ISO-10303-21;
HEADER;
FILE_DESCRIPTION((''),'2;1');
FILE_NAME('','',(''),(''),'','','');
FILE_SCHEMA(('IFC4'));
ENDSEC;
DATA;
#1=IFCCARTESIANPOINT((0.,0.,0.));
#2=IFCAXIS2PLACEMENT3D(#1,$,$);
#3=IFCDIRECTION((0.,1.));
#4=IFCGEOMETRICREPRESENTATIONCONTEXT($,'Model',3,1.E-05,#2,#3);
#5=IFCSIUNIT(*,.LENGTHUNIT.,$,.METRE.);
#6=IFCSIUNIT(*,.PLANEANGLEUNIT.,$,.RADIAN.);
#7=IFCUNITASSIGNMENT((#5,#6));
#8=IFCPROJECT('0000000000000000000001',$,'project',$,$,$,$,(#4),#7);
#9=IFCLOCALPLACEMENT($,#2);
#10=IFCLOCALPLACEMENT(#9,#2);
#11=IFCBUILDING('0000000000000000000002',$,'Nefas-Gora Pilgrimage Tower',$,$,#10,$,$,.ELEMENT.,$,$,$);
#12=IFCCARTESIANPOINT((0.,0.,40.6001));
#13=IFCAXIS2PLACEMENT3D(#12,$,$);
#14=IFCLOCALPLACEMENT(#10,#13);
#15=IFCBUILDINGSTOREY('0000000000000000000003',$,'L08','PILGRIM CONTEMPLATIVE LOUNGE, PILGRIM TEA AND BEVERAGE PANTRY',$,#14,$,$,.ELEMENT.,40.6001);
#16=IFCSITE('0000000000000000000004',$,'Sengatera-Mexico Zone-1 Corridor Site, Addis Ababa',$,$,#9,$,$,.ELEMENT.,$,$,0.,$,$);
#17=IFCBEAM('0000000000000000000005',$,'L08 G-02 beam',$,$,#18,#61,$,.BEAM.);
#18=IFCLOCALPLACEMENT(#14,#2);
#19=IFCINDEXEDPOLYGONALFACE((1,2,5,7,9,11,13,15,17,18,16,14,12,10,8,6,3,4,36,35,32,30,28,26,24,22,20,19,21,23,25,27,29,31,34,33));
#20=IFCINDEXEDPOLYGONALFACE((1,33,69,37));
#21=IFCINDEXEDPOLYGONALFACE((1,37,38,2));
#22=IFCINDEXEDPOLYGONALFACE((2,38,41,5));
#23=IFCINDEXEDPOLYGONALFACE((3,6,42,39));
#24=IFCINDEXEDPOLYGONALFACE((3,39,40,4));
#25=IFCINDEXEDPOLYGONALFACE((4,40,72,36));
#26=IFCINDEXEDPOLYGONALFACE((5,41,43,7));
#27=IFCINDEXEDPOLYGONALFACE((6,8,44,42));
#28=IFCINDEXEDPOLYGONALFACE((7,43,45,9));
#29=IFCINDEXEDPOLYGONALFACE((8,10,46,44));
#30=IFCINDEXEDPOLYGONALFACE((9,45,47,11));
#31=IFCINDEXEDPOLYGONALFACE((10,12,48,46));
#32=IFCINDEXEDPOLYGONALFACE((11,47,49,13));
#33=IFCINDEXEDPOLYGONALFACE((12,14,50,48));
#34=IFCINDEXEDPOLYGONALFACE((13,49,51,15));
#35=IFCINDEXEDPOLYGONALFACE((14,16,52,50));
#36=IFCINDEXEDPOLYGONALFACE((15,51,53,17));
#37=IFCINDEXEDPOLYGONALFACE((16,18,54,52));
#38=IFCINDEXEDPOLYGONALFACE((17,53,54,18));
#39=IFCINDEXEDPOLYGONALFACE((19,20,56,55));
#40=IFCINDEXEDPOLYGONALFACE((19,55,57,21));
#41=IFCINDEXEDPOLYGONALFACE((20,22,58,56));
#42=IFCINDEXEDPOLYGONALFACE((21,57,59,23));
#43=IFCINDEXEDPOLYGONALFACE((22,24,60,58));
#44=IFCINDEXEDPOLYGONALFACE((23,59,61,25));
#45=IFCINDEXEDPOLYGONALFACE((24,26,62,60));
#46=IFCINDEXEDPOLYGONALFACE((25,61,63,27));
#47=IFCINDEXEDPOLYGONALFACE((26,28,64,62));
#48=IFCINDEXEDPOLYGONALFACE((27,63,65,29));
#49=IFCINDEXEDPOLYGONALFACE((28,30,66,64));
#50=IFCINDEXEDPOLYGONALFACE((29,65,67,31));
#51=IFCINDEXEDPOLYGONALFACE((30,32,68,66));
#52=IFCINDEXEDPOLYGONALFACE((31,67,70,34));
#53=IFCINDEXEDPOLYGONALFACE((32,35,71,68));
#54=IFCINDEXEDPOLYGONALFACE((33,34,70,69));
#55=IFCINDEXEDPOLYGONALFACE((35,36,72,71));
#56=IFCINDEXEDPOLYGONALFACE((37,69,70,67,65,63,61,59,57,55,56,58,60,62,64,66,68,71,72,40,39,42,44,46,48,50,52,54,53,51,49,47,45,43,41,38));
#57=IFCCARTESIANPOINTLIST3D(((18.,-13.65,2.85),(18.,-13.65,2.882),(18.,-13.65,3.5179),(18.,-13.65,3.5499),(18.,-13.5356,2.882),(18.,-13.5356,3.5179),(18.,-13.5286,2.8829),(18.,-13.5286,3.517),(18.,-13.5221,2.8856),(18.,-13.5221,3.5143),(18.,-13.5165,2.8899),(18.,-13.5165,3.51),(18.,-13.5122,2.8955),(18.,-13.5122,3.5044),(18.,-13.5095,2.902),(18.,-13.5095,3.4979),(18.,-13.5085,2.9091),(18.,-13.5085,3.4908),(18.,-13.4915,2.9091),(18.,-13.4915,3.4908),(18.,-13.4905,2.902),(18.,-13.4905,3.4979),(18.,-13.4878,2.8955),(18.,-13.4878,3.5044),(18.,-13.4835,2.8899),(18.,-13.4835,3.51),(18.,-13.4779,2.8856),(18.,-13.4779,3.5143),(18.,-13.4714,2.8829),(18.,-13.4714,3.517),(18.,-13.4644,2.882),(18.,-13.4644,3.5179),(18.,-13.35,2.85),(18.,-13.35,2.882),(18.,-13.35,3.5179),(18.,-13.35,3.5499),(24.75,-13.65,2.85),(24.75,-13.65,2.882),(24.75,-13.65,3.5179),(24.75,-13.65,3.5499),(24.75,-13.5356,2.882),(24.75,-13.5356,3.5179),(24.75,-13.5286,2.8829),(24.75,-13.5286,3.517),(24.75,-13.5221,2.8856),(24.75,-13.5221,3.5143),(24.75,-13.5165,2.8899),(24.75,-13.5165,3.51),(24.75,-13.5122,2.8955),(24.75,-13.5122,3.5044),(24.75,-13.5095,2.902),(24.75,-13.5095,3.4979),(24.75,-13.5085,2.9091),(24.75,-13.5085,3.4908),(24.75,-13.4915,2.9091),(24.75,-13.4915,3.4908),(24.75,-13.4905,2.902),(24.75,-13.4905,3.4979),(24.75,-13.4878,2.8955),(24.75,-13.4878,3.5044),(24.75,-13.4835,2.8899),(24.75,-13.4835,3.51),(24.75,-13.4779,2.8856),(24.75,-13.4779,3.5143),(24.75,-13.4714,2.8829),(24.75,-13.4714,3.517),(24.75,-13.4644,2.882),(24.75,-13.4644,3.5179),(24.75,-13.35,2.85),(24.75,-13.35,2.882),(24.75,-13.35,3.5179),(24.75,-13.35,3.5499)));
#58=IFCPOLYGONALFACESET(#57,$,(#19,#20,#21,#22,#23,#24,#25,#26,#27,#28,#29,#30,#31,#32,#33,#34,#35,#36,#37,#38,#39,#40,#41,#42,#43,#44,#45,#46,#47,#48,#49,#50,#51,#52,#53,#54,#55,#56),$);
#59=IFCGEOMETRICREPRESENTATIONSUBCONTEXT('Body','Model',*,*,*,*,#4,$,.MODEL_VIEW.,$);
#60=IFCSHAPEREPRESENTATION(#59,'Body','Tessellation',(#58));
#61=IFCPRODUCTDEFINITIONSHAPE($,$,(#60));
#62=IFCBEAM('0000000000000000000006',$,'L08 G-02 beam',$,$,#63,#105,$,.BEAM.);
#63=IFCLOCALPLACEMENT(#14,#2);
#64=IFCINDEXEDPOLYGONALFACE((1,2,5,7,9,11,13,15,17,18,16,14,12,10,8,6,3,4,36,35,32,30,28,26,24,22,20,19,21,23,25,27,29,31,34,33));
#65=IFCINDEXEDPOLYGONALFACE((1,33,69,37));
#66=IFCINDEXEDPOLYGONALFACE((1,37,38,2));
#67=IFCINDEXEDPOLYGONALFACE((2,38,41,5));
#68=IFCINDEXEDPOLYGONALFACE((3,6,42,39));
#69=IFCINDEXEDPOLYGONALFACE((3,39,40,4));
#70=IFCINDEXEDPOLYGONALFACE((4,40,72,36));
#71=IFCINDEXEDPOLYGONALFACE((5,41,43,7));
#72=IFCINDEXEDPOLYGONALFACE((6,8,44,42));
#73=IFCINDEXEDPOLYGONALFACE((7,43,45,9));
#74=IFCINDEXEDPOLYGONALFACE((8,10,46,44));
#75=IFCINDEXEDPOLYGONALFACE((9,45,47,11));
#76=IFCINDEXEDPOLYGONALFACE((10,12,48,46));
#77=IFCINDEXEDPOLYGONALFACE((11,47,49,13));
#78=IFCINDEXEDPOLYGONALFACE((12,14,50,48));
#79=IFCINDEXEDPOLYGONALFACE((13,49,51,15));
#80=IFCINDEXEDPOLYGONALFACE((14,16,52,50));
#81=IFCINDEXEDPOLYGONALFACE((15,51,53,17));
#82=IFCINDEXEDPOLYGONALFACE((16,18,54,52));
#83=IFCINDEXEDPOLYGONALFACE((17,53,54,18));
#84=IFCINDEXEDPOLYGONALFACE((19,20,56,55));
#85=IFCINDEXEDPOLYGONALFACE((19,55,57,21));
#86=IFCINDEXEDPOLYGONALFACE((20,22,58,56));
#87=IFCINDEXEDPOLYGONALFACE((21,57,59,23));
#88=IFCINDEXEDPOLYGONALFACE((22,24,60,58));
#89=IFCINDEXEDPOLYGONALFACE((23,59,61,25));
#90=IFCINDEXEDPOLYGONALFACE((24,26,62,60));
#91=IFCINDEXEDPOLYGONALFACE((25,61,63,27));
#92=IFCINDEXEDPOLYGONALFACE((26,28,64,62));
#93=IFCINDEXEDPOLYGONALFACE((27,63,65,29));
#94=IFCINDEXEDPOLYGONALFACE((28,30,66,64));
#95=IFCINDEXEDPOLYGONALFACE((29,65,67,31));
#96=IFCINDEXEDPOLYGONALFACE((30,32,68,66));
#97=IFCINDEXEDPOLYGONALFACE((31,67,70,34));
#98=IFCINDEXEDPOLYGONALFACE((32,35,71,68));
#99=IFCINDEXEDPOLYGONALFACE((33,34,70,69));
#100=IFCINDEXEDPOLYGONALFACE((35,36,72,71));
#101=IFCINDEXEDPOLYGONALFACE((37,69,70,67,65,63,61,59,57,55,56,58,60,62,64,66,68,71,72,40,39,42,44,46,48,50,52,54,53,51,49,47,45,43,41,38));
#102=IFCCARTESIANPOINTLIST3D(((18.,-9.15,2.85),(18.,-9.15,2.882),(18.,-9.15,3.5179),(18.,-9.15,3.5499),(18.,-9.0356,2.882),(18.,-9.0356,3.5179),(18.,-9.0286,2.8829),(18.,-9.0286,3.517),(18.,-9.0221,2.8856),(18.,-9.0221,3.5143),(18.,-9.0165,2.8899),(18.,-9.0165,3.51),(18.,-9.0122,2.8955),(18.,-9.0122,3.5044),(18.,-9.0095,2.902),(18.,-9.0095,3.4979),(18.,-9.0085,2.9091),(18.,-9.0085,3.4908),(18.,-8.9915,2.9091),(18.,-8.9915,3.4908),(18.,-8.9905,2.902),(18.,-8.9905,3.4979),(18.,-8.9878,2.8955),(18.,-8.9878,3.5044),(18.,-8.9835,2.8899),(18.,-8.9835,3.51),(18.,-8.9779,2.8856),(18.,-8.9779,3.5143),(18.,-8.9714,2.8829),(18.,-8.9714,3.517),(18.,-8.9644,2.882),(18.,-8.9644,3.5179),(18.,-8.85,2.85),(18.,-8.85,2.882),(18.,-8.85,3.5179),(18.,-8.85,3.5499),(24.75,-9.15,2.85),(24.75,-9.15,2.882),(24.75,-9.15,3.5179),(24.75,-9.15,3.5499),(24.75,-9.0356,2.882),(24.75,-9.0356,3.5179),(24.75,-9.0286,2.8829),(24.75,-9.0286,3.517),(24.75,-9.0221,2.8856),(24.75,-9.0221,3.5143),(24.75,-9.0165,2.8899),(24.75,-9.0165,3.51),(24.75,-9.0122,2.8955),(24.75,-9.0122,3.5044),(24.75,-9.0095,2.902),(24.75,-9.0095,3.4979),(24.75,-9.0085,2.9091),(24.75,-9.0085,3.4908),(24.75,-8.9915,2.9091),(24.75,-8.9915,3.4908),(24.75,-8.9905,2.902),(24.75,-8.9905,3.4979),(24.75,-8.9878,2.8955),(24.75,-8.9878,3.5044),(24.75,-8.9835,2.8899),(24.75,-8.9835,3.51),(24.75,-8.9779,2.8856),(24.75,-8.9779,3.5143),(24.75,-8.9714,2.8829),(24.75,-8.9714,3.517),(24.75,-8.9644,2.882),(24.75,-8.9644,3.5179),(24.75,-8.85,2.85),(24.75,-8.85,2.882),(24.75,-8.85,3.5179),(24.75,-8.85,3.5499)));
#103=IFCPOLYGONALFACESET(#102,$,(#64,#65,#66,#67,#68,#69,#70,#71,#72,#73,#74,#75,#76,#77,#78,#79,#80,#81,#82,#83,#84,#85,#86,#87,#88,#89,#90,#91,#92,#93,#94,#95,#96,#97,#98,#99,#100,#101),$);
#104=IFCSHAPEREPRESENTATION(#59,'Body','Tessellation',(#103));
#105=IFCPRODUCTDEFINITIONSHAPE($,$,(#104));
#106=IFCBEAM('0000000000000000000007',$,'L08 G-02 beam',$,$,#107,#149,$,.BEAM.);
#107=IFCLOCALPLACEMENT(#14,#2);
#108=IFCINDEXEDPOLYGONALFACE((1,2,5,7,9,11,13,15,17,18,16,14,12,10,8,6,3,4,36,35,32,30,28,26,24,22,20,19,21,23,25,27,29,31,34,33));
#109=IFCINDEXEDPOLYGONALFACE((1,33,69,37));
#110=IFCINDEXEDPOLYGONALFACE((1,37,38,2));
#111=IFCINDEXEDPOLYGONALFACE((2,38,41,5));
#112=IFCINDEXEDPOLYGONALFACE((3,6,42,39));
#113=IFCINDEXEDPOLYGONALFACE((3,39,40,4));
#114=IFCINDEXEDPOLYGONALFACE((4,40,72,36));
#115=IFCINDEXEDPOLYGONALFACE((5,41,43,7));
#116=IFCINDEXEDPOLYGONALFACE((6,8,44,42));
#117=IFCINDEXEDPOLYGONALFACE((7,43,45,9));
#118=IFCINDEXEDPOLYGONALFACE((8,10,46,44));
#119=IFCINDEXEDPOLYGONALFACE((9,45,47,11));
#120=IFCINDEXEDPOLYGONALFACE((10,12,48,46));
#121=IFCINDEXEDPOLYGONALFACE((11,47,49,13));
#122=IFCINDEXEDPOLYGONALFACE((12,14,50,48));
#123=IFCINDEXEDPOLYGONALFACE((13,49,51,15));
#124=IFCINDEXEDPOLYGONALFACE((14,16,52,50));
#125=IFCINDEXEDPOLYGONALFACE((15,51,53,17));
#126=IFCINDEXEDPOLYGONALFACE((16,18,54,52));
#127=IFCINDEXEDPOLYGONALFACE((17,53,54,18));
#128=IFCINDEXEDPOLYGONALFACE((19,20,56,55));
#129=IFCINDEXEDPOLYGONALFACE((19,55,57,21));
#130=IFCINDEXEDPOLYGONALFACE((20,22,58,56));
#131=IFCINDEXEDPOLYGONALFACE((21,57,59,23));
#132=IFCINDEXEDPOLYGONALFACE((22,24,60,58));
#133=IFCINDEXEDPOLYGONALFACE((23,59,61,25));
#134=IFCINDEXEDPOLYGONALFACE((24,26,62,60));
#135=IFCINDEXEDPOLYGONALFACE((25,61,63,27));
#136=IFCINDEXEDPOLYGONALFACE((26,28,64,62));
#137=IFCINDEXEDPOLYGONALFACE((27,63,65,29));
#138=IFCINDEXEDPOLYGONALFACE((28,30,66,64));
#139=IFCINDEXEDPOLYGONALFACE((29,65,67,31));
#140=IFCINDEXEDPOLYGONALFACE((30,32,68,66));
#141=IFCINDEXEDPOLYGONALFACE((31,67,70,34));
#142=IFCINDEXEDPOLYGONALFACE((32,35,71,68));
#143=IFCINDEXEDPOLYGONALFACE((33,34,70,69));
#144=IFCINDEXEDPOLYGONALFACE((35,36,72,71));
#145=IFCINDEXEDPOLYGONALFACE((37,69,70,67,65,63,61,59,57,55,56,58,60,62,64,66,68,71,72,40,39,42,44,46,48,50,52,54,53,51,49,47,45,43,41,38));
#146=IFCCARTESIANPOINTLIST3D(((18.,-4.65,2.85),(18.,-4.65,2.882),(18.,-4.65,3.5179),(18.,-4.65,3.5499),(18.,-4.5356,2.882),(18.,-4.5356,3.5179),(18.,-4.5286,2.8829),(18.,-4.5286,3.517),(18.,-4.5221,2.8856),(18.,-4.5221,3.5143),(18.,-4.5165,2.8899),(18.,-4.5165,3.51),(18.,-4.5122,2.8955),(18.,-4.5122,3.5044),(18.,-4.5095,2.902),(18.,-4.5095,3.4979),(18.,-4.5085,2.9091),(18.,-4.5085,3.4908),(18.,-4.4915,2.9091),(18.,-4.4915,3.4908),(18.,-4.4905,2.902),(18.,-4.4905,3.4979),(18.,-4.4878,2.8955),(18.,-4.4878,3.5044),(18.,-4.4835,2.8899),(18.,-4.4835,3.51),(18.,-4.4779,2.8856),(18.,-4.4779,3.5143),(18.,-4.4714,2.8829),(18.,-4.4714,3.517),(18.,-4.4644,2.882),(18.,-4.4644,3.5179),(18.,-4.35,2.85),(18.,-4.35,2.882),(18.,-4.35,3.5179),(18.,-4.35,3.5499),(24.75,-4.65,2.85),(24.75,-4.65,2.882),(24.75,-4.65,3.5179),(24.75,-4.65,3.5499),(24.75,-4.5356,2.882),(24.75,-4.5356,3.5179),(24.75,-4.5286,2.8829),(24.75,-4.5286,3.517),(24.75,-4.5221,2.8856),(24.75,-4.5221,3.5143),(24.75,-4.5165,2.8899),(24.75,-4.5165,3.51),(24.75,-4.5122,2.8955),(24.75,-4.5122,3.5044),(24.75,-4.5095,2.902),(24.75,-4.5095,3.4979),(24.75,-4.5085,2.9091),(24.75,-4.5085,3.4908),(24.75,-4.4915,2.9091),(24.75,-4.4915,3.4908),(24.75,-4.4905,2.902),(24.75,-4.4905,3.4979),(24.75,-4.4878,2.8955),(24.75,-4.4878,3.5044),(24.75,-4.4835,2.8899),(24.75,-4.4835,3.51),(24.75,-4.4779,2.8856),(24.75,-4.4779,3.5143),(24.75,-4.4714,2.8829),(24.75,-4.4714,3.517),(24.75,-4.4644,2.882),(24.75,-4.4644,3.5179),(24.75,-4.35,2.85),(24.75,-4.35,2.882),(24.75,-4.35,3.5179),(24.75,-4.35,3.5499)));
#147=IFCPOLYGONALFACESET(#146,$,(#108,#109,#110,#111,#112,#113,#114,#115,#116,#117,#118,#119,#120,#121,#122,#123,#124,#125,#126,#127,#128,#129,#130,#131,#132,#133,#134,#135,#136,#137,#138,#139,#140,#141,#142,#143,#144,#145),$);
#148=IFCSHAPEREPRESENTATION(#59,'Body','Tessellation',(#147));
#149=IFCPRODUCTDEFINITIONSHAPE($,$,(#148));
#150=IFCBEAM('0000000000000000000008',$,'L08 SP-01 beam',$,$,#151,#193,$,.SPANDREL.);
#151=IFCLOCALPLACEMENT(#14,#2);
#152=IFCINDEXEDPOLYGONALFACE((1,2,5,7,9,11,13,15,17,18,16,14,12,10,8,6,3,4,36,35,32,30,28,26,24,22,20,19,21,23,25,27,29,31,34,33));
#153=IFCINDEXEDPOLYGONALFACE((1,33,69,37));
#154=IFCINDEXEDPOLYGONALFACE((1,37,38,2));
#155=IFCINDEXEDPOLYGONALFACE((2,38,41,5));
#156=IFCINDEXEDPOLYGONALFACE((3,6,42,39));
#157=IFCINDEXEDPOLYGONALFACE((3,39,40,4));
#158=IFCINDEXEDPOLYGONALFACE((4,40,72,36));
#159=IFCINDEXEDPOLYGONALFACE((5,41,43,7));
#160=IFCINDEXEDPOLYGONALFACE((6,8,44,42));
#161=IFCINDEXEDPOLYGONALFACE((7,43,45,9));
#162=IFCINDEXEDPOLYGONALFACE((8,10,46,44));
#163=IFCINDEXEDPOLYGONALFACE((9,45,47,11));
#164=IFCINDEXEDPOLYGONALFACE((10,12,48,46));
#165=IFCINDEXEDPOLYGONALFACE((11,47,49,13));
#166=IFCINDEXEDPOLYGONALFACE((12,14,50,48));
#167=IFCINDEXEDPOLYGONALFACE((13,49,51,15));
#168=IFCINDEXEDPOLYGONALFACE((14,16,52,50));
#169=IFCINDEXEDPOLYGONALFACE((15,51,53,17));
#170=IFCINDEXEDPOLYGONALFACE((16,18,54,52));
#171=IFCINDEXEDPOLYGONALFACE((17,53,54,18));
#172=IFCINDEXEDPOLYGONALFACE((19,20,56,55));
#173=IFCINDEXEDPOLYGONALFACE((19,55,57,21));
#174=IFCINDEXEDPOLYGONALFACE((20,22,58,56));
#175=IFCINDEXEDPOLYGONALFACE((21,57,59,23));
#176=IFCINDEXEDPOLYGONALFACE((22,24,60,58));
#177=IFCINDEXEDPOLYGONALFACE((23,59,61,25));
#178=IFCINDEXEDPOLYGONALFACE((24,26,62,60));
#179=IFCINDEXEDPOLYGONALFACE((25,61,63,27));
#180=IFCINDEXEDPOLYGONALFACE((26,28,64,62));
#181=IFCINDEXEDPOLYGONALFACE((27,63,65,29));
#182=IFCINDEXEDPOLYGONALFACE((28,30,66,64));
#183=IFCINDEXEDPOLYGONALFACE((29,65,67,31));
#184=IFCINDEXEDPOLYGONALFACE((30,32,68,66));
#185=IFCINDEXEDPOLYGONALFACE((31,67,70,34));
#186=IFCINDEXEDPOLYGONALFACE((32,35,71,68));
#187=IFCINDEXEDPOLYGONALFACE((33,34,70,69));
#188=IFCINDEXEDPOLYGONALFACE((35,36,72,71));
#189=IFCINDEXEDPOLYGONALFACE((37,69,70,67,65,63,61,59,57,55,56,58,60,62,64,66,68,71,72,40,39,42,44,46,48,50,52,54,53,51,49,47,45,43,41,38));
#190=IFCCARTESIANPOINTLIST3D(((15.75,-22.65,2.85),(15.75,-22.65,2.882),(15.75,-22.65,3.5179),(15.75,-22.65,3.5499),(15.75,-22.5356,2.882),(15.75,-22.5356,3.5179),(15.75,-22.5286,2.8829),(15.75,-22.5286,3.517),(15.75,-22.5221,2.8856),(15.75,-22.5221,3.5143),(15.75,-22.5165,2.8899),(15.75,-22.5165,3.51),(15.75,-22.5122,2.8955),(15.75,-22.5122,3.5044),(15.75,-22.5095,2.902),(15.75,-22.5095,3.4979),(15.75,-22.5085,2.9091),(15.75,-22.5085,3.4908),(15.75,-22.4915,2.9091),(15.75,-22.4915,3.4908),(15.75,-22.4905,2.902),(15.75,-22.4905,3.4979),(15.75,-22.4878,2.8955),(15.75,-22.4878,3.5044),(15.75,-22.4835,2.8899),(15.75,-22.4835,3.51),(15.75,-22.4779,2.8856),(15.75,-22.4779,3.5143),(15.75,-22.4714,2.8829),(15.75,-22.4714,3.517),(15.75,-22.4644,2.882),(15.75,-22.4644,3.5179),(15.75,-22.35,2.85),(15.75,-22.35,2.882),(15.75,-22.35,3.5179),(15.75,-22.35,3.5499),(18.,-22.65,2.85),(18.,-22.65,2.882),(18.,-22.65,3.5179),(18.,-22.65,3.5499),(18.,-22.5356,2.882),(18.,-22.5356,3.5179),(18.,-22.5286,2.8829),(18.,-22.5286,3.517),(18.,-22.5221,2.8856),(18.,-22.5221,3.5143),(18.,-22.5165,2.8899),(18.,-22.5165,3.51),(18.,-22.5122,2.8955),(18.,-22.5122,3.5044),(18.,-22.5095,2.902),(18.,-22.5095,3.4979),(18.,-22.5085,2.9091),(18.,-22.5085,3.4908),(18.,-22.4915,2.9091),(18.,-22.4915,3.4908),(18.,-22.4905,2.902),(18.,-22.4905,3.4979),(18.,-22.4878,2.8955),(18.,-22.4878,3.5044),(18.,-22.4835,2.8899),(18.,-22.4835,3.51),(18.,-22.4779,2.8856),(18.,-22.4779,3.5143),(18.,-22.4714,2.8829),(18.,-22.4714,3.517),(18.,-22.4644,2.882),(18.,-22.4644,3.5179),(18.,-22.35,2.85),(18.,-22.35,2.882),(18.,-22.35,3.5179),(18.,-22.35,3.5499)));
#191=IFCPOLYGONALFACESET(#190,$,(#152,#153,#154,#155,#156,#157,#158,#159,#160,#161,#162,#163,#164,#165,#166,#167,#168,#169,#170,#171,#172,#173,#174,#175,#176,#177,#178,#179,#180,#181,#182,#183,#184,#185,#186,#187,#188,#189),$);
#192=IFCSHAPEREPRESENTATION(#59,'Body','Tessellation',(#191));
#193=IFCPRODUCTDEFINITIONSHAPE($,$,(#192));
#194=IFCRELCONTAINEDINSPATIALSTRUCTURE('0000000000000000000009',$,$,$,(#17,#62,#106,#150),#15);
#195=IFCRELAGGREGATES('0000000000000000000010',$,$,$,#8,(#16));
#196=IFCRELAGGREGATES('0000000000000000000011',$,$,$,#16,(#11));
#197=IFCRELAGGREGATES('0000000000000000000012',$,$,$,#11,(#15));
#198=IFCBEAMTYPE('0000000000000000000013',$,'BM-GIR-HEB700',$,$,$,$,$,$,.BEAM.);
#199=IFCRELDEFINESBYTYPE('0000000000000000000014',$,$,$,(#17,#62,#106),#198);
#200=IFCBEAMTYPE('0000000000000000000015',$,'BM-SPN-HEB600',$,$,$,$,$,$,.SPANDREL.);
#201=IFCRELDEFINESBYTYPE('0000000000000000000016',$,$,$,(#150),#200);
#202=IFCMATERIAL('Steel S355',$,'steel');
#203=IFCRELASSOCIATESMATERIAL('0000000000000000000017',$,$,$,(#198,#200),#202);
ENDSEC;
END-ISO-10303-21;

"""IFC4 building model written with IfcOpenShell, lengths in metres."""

from ifc_helpers import new_model, si_unit, direction, frame, origin, origin_2d, place, context, subcontext, project, spatial, i_section, extrude, source, transform, mapped, material, material_profile, profile_set, type_object, element, save


model = new_model("IFC4")

# Units and contexts
model_context = context("Model", 3, precision=1e-05, world=origin(), true_north=direction((0.0, 1.0)))
body_context = subcontext(model_context, "Body", "Model", "MODEL_VIEW")
ifc_project = project(units=[si_unit("LENGTHUNIT", "METRE"), si_unit("PLANEANGLEUNIT", "RADIAN")], contexts=[model_context])

# Site, building, storey
site_placement = place(None, origin())
site = spatial("IfcSite", under=ifc_project, at=site_placement, Name="Sengatera-Mexico Zone-1 Corridor Site, Addis Ababa", CompositionType="ELEMENT", RefElevation=0.0)
building_placement = place(site_placement, origin())
building = spatial("IfcBuilding", under=site, at=building_placement, Name="Nefas-Gora Pilgrimage Tower", CompositionType="ELEMENT")
storey_placement = place(building_placement, frame((0.0, 0.0, 40.6001)))
storey = spatial("IfcBuildingStorey", under=building, at=storey_placement, Name="L08", Description="PILGRIM CONTEMPLATIVE LOUNGE, PILGRIM TEA AND BEVERAGE PANTRY", CompositionType="ELEMENT", Elevation=40.6001)

# Beams
ifc_material_1 = material(Name="Steel S355", Category="steel")
ifc_material_profile_1 = material_profile(ifc_material_1, i_section(OverallWidth=0.3, OverallDepth=0.7, WebThickness=0.0171, FlangeThickness=0.032, FilletRadius=0.0271, at=origin_2d()), Name="HEB 700")
ifc_profile_set_1 = profile_set([ifc_material_profile_1], Name="Steel S355")
beam_type_1 = type_object("IfcBeamType", Name="BM-GIR-HEB700", PredefinedType="BEAM", material=ifc_profile_set_1)
shared_shape_1 = source(origin(), body_context, "Body", "SweptSolid", [
    extrude(i_section(OverallWidth=0.3, OverallDepth=0.7, WebThickness=0.0171, FlangeThickness=0.032, FilletRadius=0.0271, at=origin_2d()), origin(), (0.0, 0.0, 1.0), 6.75),
])
for number, where, z_axis, x_axis, name in (
    (1, (18.0, -13.5, 3.2), (1.0, 0.0, 0.0), (0.0, 1.0, 0.0), "L08 G-02 beam"),
    (2, (18.0, -9.0, 3.2), (1.0, 0.0, 0.0), (0.0, 1.0, 0.0), "L08 G-02 beam"),
    (3, (18.0, -4.5, 3.2), (1.0, 0.0, 0.0), (0.0, 1.0, 0.0), "L08 G-02 beam"),
):
    element("IfcBeam", number, at=place(storey_placement, frame(where, z_axis=z_axis, x_axis=x_axis)), inside=storey, type_object=beam_type_1, Name=name, PredefinedType="BEAM", context=body_context, shape_type="MappedRepresentation", body=[
        mapped(shared_shape_1, transform((0.0, 0.0, 0.0), x_axis=(1.0, 0.0, 0.0), y_axis=(0.0, 1.0, 0.0), z_axis=(0.0, 0.0, 1.0), scale=1.0)),
    ])
ifc_material_profile_2 = material_profile(ifc_material_1, i_section(OverallWidth=0.3, OverallDepth=0.7, WebThickness=0.0171, FlangeThickness=0.032, FilletRadius=0.0271, at=origin_2d()), Name="HEB 700")
ifc_profile_set_2 = profile_set([ifc_material_profile_2], Name="Steel S355")
beam_type_2 = type_object("IfcBeamType", Name="BM-SPN-HEB600", PredefinedType="SPANDREL", material=ifc_profile_set_2)
shared_shape_2 = source(origin(), body_context, "Body", "SweptSolid", [
    extrude(i_section(OverallWidth=0.3, OverallDepth=0.7, WebThickness=0.0171, FlangeThickness=0.032, FilletRadius=0.0271, at=origin_2d()), origin(), (0.0, 0.0, 1.0), 2.25),
])
for number, where, z_axis, x_axis, name in (
    (4, (15.75, -22.5, 3.2), (1.0, 0.0, 0.0), (0.0, 1.0, 0.0), "L08 SP-01 beam"),
):
    element("IfcBeam", number, at=place(storey_placement, frame(where, z_axis=z_axis, x_axis=x_axis)), inside=storey, type_object=beam_type_2, Name=name, PredefinedType="SPANDREL", context=body_context, shape_type="MappedRepresentation", body=[
        mapped(shared_shape_2, transform((0.0, 0.0, 0.0), x_axis=(1.0, 0.0, 0.0), y_axis=(0.0, 1.0, 0.0), z_axis=(0.0, 0.0, 1.0), scale=1.0)),
    ])

save(model, "model.ifc")
